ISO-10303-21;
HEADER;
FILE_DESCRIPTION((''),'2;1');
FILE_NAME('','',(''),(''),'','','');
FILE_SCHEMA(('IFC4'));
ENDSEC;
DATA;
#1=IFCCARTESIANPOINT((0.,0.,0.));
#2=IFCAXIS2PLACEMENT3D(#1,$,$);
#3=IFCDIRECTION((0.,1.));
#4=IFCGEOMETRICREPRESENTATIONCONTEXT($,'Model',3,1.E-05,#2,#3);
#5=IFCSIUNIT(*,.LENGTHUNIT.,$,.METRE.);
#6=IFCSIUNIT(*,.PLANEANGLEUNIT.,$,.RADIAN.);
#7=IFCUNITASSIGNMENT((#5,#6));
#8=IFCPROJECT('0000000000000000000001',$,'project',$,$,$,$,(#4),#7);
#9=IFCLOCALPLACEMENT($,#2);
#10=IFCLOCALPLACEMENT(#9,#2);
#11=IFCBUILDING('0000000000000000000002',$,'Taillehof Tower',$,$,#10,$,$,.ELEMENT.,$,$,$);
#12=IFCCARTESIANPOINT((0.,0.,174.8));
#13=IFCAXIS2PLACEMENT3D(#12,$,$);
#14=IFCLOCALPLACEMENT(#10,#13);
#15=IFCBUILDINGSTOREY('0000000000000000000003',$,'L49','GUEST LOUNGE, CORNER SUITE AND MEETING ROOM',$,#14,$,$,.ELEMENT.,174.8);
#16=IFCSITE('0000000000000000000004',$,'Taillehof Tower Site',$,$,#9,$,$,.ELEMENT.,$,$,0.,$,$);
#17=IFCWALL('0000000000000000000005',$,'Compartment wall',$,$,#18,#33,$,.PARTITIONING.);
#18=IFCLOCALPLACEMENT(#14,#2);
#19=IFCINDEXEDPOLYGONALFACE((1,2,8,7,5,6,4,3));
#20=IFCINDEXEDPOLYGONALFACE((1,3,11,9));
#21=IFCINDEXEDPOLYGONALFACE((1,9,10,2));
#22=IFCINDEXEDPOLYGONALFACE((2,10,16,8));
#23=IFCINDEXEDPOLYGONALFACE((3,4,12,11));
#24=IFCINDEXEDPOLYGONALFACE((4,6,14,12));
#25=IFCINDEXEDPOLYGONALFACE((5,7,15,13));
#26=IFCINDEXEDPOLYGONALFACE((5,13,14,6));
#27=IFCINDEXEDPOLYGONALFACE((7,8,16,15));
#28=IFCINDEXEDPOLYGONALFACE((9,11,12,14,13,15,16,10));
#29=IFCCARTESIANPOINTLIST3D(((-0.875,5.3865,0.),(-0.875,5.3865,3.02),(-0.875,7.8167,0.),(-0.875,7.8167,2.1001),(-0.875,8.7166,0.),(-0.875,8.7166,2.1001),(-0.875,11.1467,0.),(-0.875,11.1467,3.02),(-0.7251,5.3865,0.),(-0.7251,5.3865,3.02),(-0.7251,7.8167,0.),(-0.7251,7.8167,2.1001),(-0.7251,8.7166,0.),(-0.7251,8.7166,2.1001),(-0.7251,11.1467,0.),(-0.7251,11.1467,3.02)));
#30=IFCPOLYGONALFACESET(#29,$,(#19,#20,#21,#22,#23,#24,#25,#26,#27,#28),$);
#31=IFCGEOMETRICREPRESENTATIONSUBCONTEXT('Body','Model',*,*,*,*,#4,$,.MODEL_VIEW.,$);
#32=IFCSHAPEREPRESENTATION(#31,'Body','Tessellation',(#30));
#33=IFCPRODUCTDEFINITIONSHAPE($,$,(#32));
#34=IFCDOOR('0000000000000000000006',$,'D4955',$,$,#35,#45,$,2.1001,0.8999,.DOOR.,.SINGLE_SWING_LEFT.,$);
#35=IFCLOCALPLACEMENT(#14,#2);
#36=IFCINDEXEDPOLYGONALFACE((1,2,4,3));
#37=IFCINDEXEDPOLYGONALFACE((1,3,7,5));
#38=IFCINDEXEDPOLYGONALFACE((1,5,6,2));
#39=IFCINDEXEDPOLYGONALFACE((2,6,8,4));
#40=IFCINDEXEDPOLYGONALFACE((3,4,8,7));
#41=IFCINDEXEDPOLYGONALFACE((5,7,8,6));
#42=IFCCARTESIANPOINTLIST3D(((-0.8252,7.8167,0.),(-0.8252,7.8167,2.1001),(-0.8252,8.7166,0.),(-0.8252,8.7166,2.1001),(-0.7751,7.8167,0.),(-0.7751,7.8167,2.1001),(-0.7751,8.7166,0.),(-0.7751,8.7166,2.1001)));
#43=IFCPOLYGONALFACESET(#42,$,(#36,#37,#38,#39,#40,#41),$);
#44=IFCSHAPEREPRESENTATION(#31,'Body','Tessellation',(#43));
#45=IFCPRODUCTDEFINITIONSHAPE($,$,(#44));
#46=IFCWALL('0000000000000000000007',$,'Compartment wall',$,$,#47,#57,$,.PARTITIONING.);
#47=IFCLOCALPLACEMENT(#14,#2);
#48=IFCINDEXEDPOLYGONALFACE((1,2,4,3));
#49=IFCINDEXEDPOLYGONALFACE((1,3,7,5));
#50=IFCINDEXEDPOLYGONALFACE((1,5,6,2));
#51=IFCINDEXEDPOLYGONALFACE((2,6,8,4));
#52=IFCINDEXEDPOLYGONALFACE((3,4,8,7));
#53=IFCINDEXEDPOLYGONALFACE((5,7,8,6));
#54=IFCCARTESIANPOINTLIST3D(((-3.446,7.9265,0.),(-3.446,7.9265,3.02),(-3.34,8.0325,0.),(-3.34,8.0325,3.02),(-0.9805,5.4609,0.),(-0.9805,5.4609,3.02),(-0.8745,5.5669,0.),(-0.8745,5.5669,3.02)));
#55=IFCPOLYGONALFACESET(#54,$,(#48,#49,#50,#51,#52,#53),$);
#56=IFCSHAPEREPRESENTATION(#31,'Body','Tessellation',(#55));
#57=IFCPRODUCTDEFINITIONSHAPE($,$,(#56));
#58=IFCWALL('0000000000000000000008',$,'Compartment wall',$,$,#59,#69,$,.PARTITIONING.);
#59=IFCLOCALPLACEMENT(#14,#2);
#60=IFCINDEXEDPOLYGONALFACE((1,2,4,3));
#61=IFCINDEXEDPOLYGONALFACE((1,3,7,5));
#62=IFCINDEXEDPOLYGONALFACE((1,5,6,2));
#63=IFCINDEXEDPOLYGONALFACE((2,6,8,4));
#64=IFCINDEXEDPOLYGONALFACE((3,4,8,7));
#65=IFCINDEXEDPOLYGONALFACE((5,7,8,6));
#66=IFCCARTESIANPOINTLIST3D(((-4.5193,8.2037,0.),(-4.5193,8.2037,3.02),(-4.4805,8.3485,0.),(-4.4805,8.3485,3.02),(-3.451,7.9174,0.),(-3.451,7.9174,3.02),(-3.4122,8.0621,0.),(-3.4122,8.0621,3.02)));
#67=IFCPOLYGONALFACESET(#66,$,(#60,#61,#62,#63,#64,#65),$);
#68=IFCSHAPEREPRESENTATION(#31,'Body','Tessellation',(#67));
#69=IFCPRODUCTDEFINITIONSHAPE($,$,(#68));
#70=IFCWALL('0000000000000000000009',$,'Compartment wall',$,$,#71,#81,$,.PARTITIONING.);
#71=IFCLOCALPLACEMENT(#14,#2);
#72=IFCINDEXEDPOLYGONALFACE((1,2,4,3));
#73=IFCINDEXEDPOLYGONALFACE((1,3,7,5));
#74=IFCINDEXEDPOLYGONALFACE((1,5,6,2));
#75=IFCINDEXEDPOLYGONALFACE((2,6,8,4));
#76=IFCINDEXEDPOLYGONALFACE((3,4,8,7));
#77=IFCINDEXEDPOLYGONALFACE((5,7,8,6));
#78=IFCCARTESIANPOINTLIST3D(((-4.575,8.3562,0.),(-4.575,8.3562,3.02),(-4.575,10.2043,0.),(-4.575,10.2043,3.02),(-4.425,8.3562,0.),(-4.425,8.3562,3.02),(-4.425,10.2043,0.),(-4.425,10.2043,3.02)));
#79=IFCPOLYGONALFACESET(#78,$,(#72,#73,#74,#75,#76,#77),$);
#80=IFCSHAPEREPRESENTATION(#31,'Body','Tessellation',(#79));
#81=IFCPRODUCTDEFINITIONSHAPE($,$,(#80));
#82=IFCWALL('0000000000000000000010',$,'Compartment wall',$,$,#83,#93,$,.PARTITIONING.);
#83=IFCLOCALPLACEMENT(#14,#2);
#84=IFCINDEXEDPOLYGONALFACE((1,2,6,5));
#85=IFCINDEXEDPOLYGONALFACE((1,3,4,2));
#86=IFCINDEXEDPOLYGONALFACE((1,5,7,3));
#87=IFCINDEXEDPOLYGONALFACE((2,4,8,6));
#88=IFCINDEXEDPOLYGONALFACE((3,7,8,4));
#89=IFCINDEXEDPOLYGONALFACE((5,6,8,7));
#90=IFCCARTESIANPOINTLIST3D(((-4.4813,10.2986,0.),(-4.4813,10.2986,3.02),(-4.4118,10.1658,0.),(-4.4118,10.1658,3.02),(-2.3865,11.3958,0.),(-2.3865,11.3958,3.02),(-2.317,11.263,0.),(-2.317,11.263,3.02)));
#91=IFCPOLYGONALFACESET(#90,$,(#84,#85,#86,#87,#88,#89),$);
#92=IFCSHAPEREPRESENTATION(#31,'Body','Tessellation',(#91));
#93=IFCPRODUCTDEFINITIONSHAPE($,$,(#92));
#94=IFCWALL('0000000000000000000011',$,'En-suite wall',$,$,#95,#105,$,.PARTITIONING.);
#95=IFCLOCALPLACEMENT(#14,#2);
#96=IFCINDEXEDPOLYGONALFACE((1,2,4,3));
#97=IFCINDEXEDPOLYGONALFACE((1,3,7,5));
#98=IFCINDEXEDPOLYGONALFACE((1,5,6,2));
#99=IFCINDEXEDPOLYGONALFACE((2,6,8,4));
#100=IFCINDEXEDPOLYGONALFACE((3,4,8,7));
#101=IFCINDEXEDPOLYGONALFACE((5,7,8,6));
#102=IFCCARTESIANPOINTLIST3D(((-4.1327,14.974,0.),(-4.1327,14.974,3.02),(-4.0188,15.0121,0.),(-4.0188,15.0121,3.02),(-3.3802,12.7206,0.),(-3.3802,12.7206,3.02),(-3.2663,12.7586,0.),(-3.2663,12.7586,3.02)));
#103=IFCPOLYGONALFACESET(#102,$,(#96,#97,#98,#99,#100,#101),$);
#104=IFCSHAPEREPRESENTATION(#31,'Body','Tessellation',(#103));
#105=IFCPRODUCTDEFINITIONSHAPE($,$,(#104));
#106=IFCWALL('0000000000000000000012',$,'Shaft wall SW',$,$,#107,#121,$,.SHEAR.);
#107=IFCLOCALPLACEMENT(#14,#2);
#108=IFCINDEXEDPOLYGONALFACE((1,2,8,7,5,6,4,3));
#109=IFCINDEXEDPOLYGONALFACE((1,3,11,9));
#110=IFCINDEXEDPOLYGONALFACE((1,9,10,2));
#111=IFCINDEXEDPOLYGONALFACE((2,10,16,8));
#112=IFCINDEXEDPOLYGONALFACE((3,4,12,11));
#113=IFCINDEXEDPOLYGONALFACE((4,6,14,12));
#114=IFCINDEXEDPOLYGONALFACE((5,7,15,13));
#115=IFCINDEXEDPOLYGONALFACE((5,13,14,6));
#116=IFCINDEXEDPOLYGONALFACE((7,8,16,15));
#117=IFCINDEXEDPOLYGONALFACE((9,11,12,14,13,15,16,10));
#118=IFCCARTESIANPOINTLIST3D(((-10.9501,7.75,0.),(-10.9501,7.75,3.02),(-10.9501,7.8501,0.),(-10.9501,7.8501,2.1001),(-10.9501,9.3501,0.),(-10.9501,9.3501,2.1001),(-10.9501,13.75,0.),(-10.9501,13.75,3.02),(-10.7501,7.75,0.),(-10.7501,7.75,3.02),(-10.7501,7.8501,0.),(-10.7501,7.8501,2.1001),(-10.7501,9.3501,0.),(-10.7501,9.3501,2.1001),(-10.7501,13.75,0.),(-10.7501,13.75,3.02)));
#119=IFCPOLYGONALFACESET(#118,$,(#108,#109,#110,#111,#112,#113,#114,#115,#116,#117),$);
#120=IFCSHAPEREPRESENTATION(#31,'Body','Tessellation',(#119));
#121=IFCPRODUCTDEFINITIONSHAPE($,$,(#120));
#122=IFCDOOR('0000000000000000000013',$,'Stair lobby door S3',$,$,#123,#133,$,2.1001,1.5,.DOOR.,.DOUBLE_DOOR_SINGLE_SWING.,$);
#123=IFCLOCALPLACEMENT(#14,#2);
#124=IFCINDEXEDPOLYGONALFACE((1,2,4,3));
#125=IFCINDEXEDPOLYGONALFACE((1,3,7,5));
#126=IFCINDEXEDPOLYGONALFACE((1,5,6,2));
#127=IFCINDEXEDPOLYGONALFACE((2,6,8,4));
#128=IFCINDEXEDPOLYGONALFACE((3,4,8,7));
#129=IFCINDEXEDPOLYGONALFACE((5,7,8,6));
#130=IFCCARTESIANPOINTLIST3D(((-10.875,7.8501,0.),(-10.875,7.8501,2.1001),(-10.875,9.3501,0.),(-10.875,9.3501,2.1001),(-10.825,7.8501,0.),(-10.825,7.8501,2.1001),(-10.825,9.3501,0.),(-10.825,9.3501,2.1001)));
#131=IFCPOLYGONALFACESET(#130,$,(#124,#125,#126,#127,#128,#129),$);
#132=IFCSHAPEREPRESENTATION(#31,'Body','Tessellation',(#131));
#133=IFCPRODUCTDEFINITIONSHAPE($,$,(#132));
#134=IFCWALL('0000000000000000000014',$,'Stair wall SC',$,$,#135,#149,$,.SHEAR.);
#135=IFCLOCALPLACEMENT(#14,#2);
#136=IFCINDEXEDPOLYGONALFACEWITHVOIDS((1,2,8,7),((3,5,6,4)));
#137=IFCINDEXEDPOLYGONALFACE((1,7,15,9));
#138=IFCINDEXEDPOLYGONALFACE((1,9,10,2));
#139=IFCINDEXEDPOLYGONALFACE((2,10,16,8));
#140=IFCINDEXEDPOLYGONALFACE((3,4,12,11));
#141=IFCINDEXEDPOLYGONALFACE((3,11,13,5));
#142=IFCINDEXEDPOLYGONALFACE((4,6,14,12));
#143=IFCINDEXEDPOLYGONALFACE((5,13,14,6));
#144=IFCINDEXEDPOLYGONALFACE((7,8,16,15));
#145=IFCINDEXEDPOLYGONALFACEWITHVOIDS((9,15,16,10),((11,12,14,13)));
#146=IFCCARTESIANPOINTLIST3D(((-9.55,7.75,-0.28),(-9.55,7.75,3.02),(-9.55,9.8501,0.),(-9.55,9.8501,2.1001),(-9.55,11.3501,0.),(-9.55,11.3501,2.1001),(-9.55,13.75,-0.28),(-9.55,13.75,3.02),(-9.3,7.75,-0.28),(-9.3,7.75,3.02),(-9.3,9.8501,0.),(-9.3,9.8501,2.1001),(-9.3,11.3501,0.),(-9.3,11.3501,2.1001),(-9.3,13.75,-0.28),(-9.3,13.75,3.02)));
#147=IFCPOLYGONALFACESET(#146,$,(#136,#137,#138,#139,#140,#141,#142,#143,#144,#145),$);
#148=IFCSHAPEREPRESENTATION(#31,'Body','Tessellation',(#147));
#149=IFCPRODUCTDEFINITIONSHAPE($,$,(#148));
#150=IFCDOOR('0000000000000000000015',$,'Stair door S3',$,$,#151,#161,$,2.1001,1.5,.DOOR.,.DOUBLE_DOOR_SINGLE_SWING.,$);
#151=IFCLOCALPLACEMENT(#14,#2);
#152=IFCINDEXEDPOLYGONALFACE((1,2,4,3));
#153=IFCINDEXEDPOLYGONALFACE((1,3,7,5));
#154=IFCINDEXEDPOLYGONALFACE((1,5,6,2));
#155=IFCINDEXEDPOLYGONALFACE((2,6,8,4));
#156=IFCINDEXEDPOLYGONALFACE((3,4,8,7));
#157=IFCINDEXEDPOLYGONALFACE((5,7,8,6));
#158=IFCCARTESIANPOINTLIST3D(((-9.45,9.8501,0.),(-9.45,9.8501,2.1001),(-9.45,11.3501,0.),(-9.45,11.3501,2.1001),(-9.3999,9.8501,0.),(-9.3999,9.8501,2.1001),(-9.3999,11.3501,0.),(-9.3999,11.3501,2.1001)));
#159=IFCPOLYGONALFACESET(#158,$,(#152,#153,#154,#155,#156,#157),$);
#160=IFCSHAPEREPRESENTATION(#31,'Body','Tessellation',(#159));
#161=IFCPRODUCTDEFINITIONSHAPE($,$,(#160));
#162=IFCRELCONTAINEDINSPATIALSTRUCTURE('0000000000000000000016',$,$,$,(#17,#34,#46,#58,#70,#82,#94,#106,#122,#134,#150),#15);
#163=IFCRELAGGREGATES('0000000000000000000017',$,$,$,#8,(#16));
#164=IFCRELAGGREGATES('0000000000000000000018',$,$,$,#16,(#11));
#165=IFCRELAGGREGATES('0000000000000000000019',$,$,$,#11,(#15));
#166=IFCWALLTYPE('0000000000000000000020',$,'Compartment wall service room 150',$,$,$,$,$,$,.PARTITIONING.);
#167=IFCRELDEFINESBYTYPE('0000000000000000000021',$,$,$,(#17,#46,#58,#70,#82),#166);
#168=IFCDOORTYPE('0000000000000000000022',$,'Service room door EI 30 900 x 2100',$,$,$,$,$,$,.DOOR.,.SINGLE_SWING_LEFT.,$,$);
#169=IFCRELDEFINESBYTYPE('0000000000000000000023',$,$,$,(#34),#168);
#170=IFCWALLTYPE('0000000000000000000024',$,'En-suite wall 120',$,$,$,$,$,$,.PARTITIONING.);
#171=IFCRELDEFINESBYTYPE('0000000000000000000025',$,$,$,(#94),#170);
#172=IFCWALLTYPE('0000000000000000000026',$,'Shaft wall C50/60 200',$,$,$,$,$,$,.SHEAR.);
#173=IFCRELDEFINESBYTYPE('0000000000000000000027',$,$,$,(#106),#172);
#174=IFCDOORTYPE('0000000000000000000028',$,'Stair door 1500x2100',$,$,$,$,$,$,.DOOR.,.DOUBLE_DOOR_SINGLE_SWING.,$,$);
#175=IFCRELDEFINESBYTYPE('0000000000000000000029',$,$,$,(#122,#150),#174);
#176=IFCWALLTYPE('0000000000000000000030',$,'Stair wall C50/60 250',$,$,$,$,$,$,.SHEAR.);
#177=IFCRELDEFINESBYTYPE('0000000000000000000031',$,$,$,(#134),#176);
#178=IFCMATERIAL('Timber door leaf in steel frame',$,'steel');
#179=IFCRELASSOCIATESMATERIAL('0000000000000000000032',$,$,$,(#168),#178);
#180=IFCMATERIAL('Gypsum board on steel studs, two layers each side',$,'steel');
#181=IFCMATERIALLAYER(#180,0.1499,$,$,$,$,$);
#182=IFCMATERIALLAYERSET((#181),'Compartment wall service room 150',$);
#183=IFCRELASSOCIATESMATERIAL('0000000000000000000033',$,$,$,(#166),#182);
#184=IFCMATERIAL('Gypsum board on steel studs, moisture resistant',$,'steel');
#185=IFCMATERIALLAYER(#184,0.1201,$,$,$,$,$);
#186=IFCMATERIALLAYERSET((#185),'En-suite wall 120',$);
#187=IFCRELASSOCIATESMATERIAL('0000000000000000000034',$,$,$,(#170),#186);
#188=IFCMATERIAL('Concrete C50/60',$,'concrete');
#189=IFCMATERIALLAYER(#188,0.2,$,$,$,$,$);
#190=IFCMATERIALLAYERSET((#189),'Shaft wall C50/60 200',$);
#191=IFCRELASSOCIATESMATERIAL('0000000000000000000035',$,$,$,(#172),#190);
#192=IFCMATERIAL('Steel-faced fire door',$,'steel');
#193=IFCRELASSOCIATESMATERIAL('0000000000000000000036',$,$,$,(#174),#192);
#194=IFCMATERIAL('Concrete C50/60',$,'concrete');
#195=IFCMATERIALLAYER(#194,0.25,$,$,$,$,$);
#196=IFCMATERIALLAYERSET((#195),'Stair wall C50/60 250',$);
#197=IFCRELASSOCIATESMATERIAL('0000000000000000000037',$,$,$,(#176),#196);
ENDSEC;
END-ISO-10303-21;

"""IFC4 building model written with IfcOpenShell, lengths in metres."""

from ifc_helpers import new_model, si_unit, direction, frame, frame_2d, origin, place, context, subcontext, project, spatial, rectangle, extrude, material, layer, layer_set, type_object, element, fill, save


model = new_model("IFC4")

# Units and contexts
model_context = context("Model", 3, precision=1e-05, world=origin(), true_north=direction((0.0, 1.0)))
body_context = subcontext(model_context, "Body", "Model", "MODEL_VIEW")
ifc_project = project(units=[si_unit("LENGTHUNIT", "METRE"), si_unit("PLANEANGLEUNIT", "RADIAN")], contexts=[model_context])

# Site, building, storey
site_placement = place(None, origin())
site = spatial("IfcSite", under=ifc_project, at=site_placement, Name="Taillehof Tower Site", CompositionType="ELEMENT", RefElevation=0.0)
building_placement = place(site_placement, origin())
building = spatial("IfcBuilding", under=site, at=building_placement, Name="Taillehof Tower", CompositionType="ELEMENT")
storey_placement = place(building_placement, frame((0.0, 0.0, 174.8)))
storey = spatial("IfcBuildingStorey", under=building, at=storey_placement, Name="L49", Description="GUEST LOUNGE, CORNER SUITE AND MEETING ROOM", CompositionType="ELEMENT", Elevation=174.8)

# Shared definitions
ifc_material_1 = material(Name="Timber door leaf in steel frame", Category="steel")
door_type_1 = type_object("IfcDoorType", Name="Service room door EI 30 900 x 2100", OperationType="SINGLE_SWING_LEFT", PredefinedType="DOOR", material=ifc_material_1)

# Shared definitions
ifc_material_2 = material(Name="Gypsum board on steel studs, two layers each side", Category="steel")
ifc_layer_1 = layer(ifc_material_2, 0.1499)
ifc_layer_set_1 = layer_set([ifc_layer_1], Name="Compartment wall service room 150")
wall_type_1 = type_object("IfcWallType", Name="Compartment wall service room 150", PredefinedType="PARTITIONING", material=ifc_layer_set_1)

# Wall, opening, door
wall_1_placement = place(storey_placement, frame((-0.8, 11.1467, 0.0), z_axis=(0.0, 0.0, 1.0), x_axis=(0.0, -1.0, 0.0)))
wall_1 = element("IfcWall", 1, at=wall_1_placement, inside=storey, type_object=wall_type_1, Name="Compartment wall", PredefinedType="PARTITIONING", context=body_context, shape_type="SweptSolid", body=[
    extrude(rectangle(XDim=5.7603, YDim=0.1499, at=frame_2d((2.8801, 0.0))), origin(), (0.0, 0.0, 1.0), 3.02),
])
opening_1_placement = place(wall_1_placement, frame((2.4302, 0.0, 0.0)))
opening_1 = element("IfcOpeningElement", 2, at=opening_1_placement, cuts=wall_1, PredefinedType="OPENING", context=body_context, shape_type="SweptSolid", body=[
    extrude(rectangle(XDim=0.8999, YDim=2.1001, at=frame_2d((0.45, 1.05))), frame((0.0, 0.085, 0.0), z_axis=(0.0, -1.0, 0.0), x_axis=(1.0, 0.0, 0.0)), (0.0, 0.0, 1.0), 0.1699),
])
door_1_placement = place(opening_1_placement, origin())
door_1 = element("IfcDoor", 3, at=door_1_placement, inside=storey, type_object=door_type_1, Name="D4955", OperationType="SINGLE_SWING_LEFT", OverallHeight=2.1001, OverallWidth=0.8999, PredefinedType="DOOR", context=body_context, shape_type="SweptSolid", body=[
    extrude(rectangle(XDim=0.8999, YDim=2.1001, at=frame_2d((0.45, 1.05))), frame((0.0, 0.0249, 0.0), z_axis=(0.0, -1.0, 0.0), x_axis=(1.0, 0.0, 0.0)), (0.0, 0.0, 1.0), 0.05),
])
fill(opening_1, door_1)

# Walls
wall_2_placement = place(storey_placement, frame((-0.9275, 5.5139, 0.0), z_axis=(0.0, 0.0, 1.0), x_axis=(-0.707107, 0.707107, 0.0)))
element("IfcWall", 4, at=wall_2_placement, inside=storey, type_object=wall_type_1, Name="Compartment wall", PredefinedType="PARTITIONING", context=body_context, shape_type="SweptSolid", body=[
    extrude(rectangle(XDim=3.4868, YDim=0.1499, at=frame_2d((1.7434, 0.0))), origin(), (0.0, 0.0, 1.0), 3.02),
])
wall_3_placement = place(storey_placement, frame((-3.4316, 7.9897, 0.0), z_axis=(0.0, 0.0, 1.0), x_axis=(-0.965901, 0.258913, 0.0)))
element("IfcWall", 5, at=wall_3_placement, inside=storey, type_object=wall_type_1, Name="Compartment wall", PredefinedType="PARTITIONING", context=body_context, shape_type="SweptSolid", body=[
    extrude(rectangle(XDim=1.106, YDim=0.1499, at=frame_2d((0.553, 0.0))), origin(), (0.0, 0.0, 1.0), 3.02),
])
wall_4_placement = place(storey_placement, frame((-4.5, 8.3562, 0.0), z_axis=(0.0, 0.0, 1.0), x_axis=(0.0, 1.0, 0.0)))
element("IfcWall", 6, at=wall_4_placement, inside=storey, type_object=wall_type_1, Name="Compartment wall", PredefinedType="PARTITIONING", context=body_context, shape_type="SweptSolid", body=[
    extrude(rectangle(XDim=1.8481, YDim=0.1499, at=frame_2d((0.9241, 0.0))), origin(), (0.0, 0.0, 1.0), 3.02),
])
wall_5_placement = place(storey_placement, frame((-4.4465, 10.2322, 0.0), z_axis=(0.0, 0.0, 1.0), x_axis=(0.885844, 0.463984, 0.0)))
element("IfcWall", 7, at=wall_5_placement, inside=storey, type_object=wall_type_1, Name="Compartment wall", PredefinedType="PARTITIONING", context=body_context, shape_type="SweptSolid", body=[
    extrude(rectangle(XDim=2.3647, YDim=0.1499, at=frame_2d((1.1824, 0.0))), origin(), (0.0, 0.0, 1.0), 3.02),
])
ifc_material_3 = material(Name="Gypsum board on steel studs, moisture resistant", Category="steel")
ifc_layer_2 = layer(ifc_material_3, 0.1201)
ifc_layer_set_2 = layer_set([ifc_layer_2], Name="En-suite wall 120")
wall_type_2 = type_object("IfcWallType", Name="En-suite wall 120", PredefinedType="PARTITIONING", material=ifc_layer_set_2)
wall_6_placement = place(storey_placement, frame((-3.3232, 12.7395, 0.0), z_axis=(0.0, 0.0, 1.0), x_axis=(-0.316721, 0.948519, 0.0)))
element("IfcWall", 8, at=wall_6_placement, inside=storey, type_object=wall_type_2, Name="En-suite wall", PredefinedType="PARTITIONING", context=body_context, shape_type="SweptSolid", body=[
    extrude(rectangle(XDim=2.3757, YDim=0.1201, at=frame_2d((1.188, 0.0))), origin(), (0.0, 0.0, 1.0), 3.02),
])

# Walls, openings, doors
ifc_material_4 = material(Name="Concrete C50/60", Category="concrete")
ifc_layer_3 = layer(ifc_material_4, 0.2)
ifc_layer_set_3 = layer_set([ifc_layer_3], Name="Shaft wall C50/60 200")
wall_type_3 = type_object("IfcWallType", Name="Shaft wall C50/60 200", PredefinedType="SHEAR", material=ifc_layer_set_3)
wall_7_placement = place(storey_placement, frame((-10.8501, 7.75, 0.0), z_axis=(0.0, 0.0, 1.0), x_axis=(0.0, 1.0, 0.0)))
wall_7 = element("IfcWall", 9, at=wall_7_placement, inside=storey, type_object=wall_type_3, Name="Shaft wall SW", PredefinedType="SHEAR", context=body_context, shape_type="SweptSolid", body=[
    extrude(rectangle(XDim=6.0, YDim=0.2, at=frame_2d((3.0, 0.0))), origin(), (0.0, 0.0, 1.0), 3.02),
])
opening_2_placement = place(wall_7_placement, frame((0.1001, 0.0, 0.0)))
opening_2 = element("IfcOpeningElement", 10, at=opening_2_placement, cuts=wall_7, PredefinedType="OPENING", context=body_context, shape_type="SweptSolid", body=[
    extrude(rectangle(XDim=1.5, YDim=2.1001, at=frame_2d((0.75, 1.05))), frame((0.0, 0.1099, 0.0), z_axis=(0.0, -1.0, 0.0), x_axis=(1.0, 0.0, 0.0)), (0.0, 0.0, 1.0), 0.22),
])
ifc_material_5 = material(Name="Steel-faced fire door", Category="steel")
door_type_2 = type_object("IfcDoorType", Name="Stair door 1500x2100", OperationType="DOUBLE_DOOR_SINGLE_SWING", PredefinedType="DOOR", material=ifc_material_5)
door_2_placement = place(opening_2_placement, origin())
door_2 = element("IfcDoor", 11, at=door_2_placement, inside=storey, type_object=door_type_2, Name="Stair lobby door S3", OperationType="DOUBLE_DOOR_SINGLE_SWING", OverallHeight=2.1001, OverallWidth=1.5, PredefinedType="DOOR", context=body_context, shape_type="SweptSolid", body=[
    extrude(rectangle(XDim=1.5, YDim=2.1001, at=frame_2d((0.75, 1.05))), frame((0.0, 0.0249, 0.0), z_axis=(0.0, -1.0, 0.0), x_axis=(1.0, 0.0, 0.0)), (0.0, 0.0, 1.0), 0.05),
])
fill(opening_2, door_2)
ifc_material_6 = material(Name="Concrete C50/60", Category="concrete")
ifc_layer_4 = layer(ifc_material_6, 0.25)
ifc_layer_set_4 = layer_set([ifc_layer_4], Name="Stair wall C50/60 250")
wall_type_4 = type_object("IfcWallType", Name="Stair wall C50/60 250", PredefinedType="SHEAR", material=ifc_layer_set_4)
wall_8_placement = place(storey_placement, frame((-9.425, 7.75, -0.28), z_axis=(0.0, 0.0, 1.0), x_axis=(0.0, 1.0, 0.0)))
wall_8 = element("IfcWall", 12, at=wall_8_placement, inside=storey, type_object=wall_type_4, Name="Stair wall SC", PredefinedType="SHEAR", context=body_context, shape_type="SweptSolid", body=[
    extrude(rectangle(XDim=6.0, YDim=0.25, at=frame_2d((3.0, 0.0))), origin(), (0.0, 0.0, 1.0), 3.3),
])
opening_3_placement = place(wall_8_placement, frame((2.1001, 0.0, 0.28)))
opening_3 = element("IfcOpeningElement", 13, at=opening_3_placement, cuts=wall_8, PredefinedType="OPENING", context=body_context, shape_type="SweptSolid", body=[
    extrude(rectangle(XDim=1.5, YDim=2.1001, at=frame_2d((0.75, 1.05))), frame((0.0, 0.135, 0.0), z_axis=(0.0, -1.0, 0.0), x_axis=(1.0, 0.0, 0.0)), (0.0, 0.0, 1.0), 0.27),
])
door_3_placement = place(opening_3_placement, origin())
door_3 = element("IfcDoor", 14, at=door_3_placement, inside=storey, type_object=door_type_2, Name="Stair door S3", OperationType="DOUBLE_DOOR_SINGLE_SWING", OverallHeight=2.1001, OverallWidth=1.5, PredefinedType="DOOR", context=body_context, shape_type="SweptSolid", body=[
    extrude(rectangle(XDim=1.5, YDim=2.1001, at=frame_2d((0.75, 1.05))), frame((0.0, 0.0249, 0.0), z_axis=(0.0, -1.0, 0.0), x_axis=(1.0, 0.0, 0.0)), (0.0, 0.0, 1.0), 0.05),
])
fill(opening_3, door_3)

save(model, "model.ifc")
